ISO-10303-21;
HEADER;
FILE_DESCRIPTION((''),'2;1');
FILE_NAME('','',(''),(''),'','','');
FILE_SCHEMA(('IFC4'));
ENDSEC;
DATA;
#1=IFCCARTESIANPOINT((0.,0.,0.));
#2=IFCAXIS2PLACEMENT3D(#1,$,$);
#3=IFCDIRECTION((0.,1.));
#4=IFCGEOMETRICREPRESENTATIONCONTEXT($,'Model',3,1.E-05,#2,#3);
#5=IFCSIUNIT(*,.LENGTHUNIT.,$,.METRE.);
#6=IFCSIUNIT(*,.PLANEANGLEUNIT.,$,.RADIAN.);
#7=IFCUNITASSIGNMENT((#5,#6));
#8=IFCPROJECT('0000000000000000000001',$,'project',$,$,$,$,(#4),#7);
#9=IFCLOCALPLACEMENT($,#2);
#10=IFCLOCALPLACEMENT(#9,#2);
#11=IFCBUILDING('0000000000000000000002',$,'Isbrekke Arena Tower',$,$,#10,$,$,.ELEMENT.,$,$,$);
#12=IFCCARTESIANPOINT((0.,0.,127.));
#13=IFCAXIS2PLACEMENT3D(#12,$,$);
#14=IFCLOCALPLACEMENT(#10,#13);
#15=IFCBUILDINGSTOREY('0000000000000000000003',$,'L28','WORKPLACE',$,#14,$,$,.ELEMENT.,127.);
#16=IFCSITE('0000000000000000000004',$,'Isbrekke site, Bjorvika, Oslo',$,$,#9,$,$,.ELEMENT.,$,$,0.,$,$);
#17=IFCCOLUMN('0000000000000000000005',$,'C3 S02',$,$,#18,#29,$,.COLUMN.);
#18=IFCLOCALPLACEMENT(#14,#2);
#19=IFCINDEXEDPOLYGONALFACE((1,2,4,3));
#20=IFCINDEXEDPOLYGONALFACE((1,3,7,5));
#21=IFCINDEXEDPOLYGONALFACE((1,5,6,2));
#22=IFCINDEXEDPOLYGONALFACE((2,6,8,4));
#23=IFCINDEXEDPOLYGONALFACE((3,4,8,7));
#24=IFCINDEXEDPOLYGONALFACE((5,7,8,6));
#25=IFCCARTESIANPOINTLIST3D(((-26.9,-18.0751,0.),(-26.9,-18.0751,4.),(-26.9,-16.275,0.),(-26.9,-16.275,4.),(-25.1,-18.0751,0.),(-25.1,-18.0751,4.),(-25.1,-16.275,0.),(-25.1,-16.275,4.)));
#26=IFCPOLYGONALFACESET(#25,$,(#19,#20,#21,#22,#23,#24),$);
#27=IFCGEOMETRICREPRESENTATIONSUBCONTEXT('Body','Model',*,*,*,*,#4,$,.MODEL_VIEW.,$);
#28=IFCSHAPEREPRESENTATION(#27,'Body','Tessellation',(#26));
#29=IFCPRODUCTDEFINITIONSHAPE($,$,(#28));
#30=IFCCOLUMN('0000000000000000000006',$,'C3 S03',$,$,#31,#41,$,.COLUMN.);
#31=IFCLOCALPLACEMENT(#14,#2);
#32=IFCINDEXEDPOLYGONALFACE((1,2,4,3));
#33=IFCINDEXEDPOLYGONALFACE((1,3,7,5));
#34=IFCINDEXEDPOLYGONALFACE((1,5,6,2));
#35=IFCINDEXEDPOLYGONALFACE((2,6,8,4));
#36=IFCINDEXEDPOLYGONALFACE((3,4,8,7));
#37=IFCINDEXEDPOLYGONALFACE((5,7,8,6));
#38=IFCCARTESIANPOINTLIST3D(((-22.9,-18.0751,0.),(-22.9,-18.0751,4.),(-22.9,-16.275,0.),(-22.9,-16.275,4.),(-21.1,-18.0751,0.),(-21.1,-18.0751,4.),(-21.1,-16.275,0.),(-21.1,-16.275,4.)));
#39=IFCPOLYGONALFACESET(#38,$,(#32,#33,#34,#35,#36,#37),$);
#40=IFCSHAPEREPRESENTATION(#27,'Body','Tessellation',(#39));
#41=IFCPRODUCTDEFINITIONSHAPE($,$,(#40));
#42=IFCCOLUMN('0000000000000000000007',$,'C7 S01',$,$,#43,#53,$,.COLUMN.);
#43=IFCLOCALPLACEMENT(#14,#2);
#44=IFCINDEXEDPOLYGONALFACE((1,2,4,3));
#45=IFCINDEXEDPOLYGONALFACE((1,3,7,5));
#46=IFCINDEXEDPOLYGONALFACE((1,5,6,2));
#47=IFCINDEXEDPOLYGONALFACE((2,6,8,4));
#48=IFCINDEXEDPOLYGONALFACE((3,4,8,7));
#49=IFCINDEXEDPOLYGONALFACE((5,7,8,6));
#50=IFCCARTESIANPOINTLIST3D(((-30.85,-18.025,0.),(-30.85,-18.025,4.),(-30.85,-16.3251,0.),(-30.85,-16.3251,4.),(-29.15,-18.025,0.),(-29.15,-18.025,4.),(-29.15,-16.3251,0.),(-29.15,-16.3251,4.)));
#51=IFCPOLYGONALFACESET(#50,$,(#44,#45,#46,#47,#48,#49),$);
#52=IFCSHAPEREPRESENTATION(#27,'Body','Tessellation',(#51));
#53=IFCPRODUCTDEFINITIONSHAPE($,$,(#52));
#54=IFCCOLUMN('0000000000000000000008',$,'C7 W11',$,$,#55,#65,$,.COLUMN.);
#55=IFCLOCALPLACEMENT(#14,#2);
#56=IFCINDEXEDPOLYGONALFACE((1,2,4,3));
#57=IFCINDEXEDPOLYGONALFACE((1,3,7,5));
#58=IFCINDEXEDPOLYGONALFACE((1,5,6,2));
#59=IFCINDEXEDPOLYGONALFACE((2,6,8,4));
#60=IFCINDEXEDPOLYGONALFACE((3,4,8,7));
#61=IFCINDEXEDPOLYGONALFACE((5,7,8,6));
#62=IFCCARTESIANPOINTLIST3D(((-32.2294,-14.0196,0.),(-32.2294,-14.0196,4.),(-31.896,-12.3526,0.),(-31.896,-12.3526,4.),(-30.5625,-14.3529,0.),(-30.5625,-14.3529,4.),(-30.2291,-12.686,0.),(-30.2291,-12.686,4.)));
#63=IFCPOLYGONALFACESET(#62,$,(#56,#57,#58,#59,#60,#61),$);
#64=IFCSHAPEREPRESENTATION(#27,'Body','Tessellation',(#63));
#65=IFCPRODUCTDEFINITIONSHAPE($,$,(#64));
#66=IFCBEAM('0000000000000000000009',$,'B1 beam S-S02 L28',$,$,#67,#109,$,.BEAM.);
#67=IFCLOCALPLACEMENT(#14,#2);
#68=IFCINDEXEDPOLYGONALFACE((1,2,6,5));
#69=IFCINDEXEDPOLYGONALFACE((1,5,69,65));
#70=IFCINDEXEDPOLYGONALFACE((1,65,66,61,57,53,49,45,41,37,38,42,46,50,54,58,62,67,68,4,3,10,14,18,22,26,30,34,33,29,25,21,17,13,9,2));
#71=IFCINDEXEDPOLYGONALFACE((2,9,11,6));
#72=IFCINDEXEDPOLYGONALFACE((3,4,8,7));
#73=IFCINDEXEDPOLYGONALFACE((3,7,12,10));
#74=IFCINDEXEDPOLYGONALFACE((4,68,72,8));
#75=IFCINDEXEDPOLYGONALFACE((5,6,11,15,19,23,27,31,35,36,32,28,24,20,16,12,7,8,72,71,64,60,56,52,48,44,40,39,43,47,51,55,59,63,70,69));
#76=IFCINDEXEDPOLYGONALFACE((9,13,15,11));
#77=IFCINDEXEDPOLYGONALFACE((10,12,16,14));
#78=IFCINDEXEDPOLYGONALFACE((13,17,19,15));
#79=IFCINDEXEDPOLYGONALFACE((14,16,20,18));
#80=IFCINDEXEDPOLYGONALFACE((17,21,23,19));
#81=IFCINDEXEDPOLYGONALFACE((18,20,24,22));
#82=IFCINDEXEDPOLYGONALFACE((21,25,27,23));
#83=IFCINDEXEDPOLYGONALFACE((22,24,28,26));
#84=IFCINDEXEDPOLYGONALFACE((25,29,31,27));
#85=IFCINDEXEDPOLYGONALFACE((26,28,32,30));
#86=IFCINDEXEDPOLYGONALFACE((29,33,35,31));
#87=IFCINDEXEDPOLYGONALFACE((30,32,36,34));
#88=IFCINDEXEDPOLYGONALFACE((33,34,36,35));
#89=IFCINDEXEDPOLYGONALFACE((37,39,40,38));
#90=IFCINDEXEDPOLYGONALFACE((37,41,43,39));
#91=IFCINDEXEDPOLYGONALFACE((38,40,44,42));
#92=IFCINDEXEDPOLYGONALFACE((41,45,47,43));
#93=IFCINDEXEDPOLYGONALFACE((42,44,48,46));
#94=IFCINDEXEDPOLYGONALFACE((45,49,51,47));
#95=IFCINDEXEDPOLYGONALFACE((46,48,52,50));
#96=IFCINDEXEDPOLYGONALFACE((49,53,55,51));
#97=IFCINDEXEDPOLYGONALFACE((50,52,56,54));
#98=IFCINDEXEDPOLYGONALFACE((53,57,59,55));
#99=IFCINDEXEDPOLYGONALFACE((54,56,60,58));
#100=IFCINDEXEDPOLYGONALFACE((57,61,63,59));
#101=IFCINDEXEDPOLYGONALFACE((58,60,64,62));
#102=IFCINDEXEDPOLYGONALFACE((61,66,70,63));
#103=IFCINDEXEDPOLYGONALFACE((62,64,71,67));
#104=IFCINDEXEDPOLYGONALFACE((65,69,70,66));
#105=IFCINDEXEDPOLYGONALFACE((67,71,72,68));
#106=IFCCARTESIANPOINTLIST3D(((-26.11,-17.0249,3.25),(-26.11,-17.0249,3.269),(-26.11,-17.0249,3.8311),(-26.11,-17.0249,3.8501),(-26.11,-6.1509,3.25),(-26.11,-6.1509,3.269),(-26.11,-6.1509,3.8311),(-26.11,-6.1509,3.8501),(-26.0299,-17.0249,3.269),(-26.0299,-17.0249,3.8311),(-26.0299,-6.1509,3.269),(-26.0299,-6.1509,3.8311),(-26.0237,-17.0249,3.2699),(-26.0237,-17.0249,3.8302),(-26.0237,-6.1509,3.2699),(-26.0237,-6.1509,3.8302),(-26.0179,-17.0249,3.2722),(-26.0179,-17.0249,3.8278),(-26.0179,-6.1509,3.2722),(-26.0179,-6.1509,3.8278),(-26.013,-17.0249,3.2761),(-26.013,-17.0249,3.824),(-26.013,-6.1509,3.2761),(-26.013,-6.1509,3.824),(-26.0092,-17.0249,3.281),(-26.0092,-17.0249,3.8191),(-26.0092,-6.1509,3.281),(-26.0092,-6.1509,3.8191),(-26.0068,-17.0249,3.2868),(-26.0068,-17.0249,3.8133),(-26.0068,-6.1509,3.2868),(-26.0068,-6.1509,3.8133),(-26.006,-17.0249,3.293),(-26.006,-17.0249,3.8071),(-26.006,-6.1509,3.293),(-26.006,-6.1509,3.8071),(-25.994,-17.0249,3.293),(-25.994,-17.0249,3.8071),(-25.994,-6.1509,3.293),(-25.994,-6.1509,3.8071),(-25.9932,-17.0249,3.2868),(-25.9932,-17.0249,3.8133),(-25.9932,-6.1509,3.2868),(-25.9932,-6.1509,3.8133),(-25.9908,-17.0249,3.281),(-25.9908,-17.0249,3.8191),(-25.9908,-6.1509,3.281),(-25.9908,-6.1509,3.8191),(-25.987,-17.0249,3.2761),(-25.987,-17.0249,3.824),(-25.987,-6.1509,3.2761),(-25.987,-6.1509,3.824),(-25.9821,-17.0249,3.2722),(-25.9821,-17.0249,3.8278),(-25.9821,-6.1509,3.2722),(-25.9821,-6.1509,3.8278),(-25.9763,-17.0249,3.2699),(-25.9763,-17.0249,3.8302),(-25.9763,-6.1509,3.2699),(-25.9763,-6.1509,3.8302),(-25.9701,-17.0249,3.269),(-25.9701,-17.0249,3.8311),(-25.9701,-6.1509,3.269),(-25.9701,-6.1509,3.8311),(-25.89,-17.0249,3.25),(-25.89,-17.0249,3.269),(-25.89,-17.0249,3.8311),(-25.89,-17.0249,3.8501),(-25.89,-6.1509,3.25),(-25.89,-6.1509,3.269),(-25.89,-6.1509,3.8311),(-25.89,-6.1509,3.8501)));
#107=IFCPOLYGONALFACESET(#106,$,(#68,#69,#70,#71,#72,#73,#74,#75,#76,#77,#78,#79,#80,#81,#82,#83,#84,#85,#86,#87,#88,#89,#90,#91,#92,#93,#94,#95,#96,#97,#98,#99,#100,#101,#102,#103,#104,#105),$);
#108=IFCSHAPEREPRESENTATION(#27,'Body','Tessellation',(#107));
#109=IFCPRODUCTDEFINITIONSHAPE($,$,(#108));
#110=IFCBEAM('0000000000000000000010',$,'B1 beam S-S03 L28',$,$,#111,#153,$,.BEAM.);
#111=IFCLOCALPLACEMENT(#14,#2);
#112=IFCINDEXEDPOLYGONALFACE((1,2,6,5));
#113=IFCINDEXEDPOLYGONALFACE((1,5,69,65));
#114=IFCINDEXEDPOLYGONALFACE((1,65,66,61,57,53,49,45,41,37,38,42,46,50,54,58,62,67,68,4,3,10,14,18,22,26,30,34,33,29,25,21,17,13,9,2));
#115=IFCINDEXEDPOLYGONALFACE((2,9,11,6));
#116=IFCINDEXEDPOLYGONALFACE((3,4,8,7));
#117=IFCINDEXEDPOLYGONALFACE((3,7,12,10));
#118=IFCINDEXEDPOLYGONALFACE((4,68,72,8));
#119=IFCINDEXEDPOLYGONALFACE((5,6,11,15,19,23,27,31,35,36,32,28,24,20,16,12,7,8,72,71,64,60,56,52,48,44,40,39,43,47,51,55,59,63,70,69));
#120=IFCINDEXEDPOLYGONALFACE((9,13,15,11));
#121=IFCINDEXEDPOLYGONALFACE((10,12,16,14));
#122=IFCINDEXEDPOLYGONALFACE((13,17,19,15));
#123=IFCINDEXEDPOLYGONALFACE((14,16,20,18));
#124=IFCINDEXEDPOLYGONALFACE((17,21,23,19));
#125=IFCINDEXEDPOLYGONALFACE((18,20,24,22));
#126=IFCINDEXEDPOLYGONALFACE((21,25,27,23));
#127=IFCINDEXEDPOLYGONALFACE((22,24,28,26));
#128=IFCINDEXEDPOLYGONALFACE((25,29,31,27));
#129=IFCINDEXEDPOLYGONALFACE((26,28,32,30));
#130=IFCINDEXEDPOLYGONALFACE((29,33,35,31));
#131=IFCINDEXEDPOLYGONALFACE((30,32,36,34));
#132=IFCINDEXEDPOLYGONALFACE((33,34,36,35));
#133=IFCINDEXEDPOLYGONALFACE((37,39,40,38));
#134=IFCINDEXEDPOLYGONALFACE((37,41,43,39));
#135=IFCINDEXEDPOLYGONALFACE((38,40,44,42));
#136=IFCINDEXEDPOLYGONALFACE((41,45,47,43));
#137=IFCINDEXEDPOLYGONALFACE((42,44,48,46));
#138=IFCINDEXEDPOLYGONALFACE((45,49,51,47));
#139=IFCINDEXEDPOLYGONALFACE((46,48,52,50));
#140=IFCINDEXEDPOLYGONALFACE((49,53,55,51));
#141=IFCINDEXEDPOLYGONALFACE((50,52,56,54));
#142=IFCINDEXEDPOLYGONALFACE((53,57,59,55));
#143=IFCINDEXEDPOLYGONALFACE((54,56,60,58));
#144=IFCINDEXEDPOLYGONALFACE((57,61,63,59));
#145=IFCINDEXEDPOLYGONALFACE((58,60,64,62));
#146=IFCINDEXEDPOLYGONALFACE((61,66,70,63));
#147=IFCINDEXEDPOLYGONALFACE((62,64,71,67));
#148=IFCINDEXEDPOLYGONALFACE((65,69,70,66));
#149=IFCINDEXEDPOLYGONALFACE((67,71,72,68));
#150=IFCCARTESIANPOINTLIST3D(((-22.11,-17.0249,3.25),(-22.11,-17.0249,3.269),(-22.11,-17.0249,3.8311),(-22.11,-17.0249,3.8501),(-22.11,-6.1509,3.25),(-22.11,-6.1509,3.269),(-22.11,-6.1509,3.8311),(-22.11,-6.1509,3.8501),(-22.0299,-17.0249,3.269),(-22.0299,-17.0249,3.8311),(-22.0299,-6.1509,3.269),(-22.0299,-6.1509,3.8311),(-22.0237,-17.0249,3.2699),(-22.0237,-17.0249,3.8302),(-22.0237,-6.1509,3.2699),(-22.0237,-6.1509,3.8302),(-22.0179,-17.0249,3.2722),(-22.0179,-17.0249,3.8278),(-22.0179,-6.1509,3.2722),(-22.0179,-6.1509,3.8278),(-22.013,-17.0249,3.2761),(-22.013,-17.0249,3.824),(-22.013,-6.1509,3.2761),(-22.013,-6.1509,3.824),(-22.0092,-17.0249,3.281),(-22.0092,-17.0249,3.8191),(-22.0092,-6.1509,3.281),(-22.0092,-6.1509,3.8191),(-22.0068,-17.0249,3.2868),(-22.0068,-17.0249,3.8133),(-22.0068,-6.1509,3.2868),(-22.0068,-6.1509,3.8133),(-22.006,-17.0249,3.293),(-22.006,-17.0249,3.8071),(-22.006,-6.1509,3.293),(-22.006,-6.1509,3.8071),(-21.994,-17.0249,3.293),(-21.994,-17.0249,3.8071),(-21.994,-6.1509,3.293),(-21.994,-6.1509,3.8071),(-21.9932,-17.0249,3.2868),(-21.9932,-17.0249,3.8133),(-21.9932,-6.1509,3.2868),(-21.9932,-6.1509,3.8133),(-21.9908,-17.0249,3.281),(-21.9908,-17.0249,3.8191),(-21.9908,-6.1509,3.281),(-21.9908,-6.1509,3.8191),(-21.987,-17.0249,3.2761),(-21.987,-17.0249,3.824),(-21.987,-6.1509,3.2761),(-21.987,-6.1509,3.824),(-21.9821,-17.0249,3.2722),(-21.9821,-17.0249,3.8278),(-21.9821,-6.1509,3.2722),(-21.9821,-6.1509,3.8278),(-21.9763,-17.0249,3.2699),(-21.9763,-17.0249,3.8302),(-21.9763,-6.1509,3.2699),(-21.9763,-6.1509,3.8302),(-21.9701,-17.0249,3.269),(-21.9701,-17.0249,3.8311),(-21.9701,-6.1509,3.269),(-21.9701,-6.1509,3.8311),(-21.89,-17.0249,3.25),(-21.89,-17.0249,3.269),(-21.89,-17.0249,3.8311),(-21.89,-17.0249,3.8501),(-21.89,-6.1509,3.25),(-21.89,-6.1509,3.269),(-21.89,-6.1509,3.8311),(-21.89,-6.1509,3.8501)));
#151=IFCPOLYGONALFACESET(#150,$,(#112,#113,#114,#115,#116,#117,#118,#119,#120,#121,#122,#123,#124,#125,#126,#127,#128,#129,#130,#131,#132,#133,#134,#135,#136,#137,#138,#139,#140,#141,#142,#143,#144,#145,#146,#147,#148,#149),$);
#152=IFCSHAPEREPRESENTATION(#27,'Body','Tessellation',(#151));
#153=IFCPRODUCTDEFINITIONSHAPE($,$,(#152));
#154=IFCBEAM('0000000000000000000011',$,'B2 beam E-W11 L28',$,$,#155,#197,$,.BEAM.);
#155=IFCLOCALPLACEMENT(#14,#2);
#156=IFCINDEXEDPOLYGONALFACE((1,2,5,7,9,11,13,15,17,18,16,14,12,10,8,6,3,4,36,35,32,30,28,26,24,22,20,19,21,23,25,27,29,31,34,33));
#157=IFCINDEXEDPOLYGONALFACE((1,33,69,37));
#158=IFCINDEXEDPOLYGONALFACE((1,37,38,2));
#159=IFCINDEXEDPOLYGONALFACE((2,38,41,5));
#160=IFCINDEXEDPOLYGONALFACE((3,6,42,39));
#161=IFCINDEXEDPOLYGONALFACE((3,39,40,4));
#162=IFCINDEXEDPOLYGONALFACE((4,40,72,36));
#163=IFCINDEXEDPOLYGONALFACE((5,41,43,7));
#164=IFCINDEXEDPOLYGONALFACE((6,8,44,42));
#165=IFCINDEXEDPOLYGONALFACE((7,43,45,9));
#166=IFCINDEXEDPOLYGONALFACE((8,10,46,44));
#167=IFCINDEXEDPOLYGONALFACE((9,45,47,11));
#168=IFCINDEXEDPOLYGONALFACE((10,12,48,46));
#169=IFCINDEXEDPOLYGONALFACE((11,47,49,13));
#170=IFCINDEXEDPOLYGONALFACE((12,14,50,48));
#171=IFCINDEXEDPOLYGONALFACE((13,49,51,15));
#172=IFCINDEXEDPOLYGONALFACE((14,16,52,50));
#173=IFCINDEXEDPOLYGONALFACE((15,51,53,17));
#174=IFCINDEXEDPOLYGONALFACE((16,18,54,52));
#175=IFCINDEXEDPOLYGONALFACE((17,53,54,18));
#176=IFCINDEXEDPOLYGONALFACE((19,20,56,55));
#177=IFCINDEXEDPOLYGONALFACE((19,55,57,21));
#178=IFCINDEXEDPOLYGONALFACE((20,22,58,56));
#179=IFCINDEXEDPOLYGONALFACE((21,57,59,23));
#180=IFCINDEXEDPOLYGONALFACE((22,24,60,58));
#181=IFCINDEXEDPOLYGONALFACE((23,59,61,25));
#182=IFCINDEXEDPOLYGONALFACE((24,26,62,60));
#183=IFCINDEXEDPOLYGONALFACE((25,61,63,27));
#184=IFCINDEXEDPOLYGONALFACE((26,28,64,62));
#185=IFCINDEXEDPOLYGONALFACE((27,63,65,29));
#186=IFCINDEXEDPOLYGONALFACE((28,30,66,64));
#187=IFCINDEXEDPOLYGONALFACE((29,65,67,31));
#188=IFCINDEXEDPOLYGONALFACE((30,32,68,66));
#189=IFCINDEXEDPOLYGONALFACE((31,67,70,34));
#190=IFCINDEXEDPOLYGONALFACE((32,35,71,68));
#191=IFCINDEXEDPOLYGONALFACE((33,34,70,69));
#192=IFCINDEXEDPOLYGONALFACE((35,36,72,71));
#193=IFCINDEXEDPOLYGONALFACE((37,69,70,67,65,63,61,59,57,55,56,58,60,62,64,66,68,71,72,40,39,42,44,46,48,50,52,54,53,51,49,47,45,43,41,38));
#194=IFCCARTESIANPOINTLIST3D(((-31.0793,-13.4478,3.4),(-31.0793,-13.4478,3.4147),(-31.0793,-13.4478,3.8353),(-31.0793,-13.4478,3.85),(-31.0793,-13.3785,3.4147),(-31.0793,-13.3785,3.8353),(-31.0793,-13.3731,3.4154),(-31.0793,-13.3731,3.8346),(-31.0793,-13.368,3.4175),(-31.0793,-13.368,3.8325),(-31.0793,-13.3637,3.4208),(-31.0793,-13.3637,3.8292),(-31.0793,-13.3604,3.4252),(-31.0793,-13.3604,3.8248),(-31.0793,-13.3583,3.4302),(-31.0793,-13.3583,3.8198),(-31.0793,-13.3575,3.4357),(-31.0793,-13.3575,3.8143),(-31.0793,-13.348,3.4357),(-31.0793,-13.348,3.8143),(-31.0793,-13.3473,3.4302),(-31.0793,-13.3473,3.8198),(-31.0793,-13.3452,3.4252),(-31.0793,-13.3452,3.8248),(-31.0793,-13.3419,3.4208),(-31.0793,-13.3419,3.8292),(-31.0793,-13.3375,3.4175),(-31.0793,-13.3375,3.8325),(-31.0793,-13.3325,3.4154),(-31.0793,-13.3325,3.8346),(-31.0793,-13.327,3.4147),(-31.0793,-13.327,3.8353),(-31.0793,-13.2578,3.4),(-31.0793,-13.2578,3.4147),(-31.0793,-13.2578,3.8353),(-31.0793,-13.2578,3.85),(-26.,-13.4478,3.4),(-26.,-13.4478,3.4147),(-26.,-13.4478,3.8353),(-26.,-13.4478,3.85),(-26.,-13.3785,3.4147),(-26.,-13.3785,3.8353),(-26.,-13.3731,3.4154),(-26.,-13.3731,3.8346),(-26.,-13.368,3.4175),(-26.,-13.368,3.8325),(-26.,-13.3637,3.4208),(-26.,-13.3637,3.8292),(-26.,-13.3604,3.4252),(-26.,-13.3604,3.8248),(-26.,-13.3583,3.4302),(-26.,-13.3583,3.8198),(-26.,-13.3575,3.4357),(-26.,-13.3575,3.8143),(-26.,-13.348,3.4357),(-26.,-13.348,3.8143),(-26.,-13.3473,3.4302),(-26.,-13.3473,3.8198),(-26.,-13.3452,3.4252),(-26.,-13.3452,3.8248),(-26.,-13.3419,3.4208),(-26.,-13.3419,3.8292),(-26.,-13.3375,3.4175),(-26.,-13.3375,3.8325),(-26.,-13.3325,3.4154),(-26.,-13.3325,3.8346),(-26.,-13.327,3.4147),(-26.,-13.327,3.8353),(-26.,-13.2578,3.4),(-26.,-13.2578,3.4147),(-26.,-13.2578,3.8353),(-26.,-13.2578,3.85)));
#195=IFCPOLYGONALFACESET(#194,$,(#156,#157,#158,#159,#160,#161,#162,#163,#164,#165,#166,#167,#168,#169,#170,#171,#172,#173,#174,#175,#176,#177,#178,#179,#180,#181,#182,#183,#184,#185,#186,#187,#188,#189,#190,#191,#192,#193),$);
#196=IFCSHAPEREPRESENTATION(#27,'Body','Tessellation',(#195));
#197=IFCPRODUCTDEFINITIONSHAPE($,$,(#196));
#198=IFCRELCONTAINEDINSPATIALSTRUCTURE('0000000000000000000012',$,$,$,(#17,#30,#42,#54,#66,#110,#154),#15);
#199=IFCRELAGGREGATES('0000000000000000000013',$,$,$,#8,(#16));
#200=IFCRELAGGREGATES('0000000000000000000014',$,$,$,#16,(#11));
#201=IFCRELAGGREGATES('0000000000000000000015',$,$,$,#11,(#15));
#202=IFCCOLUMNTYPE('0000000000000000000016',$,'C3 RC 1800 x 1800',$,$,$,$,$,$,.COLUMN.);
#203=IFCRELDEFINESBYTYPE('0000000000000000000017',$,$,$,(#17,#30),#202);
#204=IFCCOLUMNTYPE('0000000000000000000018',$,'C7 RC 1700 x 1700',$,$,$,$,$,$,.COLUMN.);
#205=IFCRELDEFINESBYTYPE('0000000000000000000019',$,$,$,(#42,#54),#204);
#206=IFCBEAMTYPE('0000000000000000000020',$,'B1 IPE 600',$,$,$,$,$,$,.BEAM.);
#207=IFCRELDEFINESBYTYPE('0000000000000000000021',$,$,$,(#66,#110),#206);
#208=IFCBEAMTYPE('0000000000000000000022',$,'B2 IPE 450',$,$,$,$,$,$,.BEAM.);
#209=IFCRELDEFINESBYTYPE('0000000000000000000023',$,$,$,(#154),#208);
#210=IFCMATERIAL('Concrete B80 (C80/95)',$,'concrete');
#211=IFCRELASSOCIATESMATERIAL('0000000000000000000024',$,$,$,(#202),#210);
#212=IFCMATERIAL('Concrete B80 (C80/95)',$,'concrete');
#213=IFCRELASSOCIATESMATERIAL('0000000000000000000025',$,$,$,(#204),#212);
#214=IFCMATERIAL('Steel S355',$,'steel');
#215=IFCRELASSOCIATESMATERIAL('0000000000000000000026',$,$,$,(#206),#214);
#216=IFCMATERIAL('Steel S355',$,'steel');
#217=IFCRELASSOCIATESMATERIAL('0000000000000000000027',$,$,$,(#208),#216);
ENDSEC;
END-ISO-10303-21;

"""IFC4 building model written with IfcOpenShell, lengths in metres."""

from ifc_helpers import new_model, si_unit, direction, frame, origin, origin_2d, place, context, subcontext, project, spatial, rectangle, i_section, extrude, material, material_profile, profile_set, type_object, element, save


model = new_model("IFC4")

# Units and contexts
model_context = context("Model", 3, precision=1e-05, world=origin(), true_north=direction((0.0, 1.0)))
body_context = subcontext(model_context, "Body", "Model", "MODEL_VIEW")
ifc_project = project(units=[si_unit("LENGTHUNIT", "METRE"), si_unit("PLANEANGLEUNIT", "RADIAN")], contexts=[model_context])

# Site, building, storey
site_placement = place(None, origin())
site = spatial("IfcSite", under=ifc_project, at=site_placement, Name="Isbrekke site, Bjorvika, Oslo", CompositionType="ELEMENT", RefElevation=0.0)
building_placement = place(site_placement, origin())
building = spatial("IfcBuilding", under=site, at=building_placement, Name="Isbrekke Arena Tower", CompositionType="ELEMENT")
storey_placement = place(building_placement, frame((0.0, 0.0, 127.0)))
storey = spatial("IfcBuildingStorey", under=building, at=storey_placement, Name="L28", Description="WORKPLACE", CompositionType="ELEMENT", Elevation=127.0)

# Columns
ifc_material_1 = material(Name="Concrete B80 (C80/95)", Category="concrete")
ifc_material_profile_1 = material_profile(ifc_material_1, rectangle(XDim=1.8, YDim=1.8, at=origin_2d()), Name="RC 1800x1800")
ifc_profile_set_1 = profile_set([ifc_material_profile_1], Name="Concrete B80 (C80/95)")
column_type_1 = type_object("IfcColumnType", Name="C3 RC 1800 x 1800", PredefinedType="COLUMN", material=ifc_profile_set_1)
for number, where, z_axis, x_axis, name in (
    (1, (-26.0, -17.175, 0.0), (0.0, 0.0, 1.0), (1.0, 0.0, 0.0), "C3 S02"),
    (2, (-22.0, -17.175, 0.0), (0.0, 0.0, 1.0), (1.0, 0.0, 0.0), "C3 S03"),
):
    element("IfcColumn", number, at=place(storey_placement, frame(where, z_axis=z_axis, x_axis=x_axis)), inside=storey, type_object=column_type_1, Name=name, PredefinedType="COLUMN", context=body_context, shape_type="SweptSolid", body=[
        extrude(rectangle(XDim=1.8, YDim=1.8, at=origin_2d()), origin(), (0.0, 0.0, 1.0), 4.0),
    ])
ifc_material_2 = material(Name="Concrete B80 (C80/95)", Category="concrete")
ifc_material_profile_2 = material_profile(ifc_material_2, rectangle(XDim=1.7, YDim=1.7, at=origin_2d()), Name="RC 1700x1700")
ifc_profile_set_2 = profile_set([ifc_material_profile_2], Name="Concrete B80 (C80/95)")
column_type_2 = type_object("IfcColumnType", Name="C7 RC 1700 x 1700", PredefinedType="COLUMN", material=ifc_profile_set_2)
for number, where, z_axis, x_axis, name in (
    (3, (-30.0, -17.175, 0.0), (0.0, 0.0, 1.0), (1.0, 0.0, 0.0), "C7 S01"),
    (4, (-31.2292, -13.3528, 0.0), (0.0, 0.0, 1.0), (-0.196116, -0.980581, 0.0), "C7 W11"),
):
    element("IfcColumn", number, at=place(storey_placement, frame(where, z_axis=z_axis, x_axis=x_axis)), inside=storey, type_object=column_type_2, Name=name, PredefinedType="COLUMN", context=body_context, shape_type="SweptSolid", body=[
        extrude(rectangle(XDim=1.7, YDim=1.7, at=origin_2d()), origin(), (0.0, 0.0, 1.0), 4.0),
    ])

# Beams
ifc_material_3 = material(Name="Steel S355", Category="steel")
ifc_material_profile_3 = material_profile(ifc_material_3, i_section(OverallWidth=0.22, OverallDepth=0.6001, WebThickness=0.012, FlangeThickness=0.019, FilletRadius=0.0239, at=origin_2d()), Name="IPE 600")
ifc_profile_set_3 = profile_set([ifc_material_profile_3], Name="Steel S355")
beam_type_1 = type_object("IfcBeamType", Name="B1 IPE 600", PredefinedType="BEAM", material=ifc_profile_set_3)
for number, where, z_axis, x_axis, name in (
    (5, (-26.0, -17.0249, 3.55), (0.0, 1.0, 0.0), (-1.0, 0.0, 0.0), "B1 beam S-S02 L28"),
    (6, (-22.0, -17.0249, 3.55), (0.0, 1.0, 0.0), (-1.0, 0.0, 0.0), "B1 beam S-S03 L28"),
):
    element("IfcBeam", number, at=place(storey_placement, frame(where, z_axis=z_axis, x_axis=x_axis)), inside=storey, type_object=beam_type_1, Name=name, PredefinedType="BEAM", context=body_context, shape_type="SweptSolid", body=[
        extrude(i_section(OverallWidth=0.22, OverallDepth=0.6001, WebThickness=0.012, FlangeThickness=0.019, FilletRadius=0.0239, at=origin_2d()), origin(), (0.0, 0.0, 1.0), 10.874),
    ])
ifc_material_4 = material(Name="Steel S355", Category="steel")
ifc_material_profile_4 = material_profile(ifc_material_4, i_section(OverallWidth=0.1899, OverallDepth=0.45, WebThickness=0.0095, FlangeThickness=0.0146, FilletRadius=0.021, at=origin_2d()), Name="IPE 450")
ifc_profile_set_4 = profile_set([ifc_material_profile_4], Name="Steel S355")
beam_type_2 = type_object("IfcBeamType", Name="B2 IPE 450", PredefinedType="BEAM", material=ifc_profile_set_4)
beam_1_placement = place(storey_placement, frame((-31.0793, -13.3528, 3.625), z_axis=(1.0, 0.0, 0.0), x_axis=(0.0, 1.0, 0.0)))
element("IfcBeam", 7, at=beam_1_placement, inside=storey, type_object=beam_type_2, Name="B2 beam E-W11 L28", PredefinedType="BEAM", context=body_context, shape_type="SweptSolid", body=[
    extrude(i_section(OverallWidth=0.1899, OverallDepth=0.45, WebThickness=0.0095, FlangeThickness=0.0146, FilletRadius=0.021, at=origin_2d()), origin(), (0.0, 0.0, 1.0), 5.0793),
])

save(model, "model.ifc")
